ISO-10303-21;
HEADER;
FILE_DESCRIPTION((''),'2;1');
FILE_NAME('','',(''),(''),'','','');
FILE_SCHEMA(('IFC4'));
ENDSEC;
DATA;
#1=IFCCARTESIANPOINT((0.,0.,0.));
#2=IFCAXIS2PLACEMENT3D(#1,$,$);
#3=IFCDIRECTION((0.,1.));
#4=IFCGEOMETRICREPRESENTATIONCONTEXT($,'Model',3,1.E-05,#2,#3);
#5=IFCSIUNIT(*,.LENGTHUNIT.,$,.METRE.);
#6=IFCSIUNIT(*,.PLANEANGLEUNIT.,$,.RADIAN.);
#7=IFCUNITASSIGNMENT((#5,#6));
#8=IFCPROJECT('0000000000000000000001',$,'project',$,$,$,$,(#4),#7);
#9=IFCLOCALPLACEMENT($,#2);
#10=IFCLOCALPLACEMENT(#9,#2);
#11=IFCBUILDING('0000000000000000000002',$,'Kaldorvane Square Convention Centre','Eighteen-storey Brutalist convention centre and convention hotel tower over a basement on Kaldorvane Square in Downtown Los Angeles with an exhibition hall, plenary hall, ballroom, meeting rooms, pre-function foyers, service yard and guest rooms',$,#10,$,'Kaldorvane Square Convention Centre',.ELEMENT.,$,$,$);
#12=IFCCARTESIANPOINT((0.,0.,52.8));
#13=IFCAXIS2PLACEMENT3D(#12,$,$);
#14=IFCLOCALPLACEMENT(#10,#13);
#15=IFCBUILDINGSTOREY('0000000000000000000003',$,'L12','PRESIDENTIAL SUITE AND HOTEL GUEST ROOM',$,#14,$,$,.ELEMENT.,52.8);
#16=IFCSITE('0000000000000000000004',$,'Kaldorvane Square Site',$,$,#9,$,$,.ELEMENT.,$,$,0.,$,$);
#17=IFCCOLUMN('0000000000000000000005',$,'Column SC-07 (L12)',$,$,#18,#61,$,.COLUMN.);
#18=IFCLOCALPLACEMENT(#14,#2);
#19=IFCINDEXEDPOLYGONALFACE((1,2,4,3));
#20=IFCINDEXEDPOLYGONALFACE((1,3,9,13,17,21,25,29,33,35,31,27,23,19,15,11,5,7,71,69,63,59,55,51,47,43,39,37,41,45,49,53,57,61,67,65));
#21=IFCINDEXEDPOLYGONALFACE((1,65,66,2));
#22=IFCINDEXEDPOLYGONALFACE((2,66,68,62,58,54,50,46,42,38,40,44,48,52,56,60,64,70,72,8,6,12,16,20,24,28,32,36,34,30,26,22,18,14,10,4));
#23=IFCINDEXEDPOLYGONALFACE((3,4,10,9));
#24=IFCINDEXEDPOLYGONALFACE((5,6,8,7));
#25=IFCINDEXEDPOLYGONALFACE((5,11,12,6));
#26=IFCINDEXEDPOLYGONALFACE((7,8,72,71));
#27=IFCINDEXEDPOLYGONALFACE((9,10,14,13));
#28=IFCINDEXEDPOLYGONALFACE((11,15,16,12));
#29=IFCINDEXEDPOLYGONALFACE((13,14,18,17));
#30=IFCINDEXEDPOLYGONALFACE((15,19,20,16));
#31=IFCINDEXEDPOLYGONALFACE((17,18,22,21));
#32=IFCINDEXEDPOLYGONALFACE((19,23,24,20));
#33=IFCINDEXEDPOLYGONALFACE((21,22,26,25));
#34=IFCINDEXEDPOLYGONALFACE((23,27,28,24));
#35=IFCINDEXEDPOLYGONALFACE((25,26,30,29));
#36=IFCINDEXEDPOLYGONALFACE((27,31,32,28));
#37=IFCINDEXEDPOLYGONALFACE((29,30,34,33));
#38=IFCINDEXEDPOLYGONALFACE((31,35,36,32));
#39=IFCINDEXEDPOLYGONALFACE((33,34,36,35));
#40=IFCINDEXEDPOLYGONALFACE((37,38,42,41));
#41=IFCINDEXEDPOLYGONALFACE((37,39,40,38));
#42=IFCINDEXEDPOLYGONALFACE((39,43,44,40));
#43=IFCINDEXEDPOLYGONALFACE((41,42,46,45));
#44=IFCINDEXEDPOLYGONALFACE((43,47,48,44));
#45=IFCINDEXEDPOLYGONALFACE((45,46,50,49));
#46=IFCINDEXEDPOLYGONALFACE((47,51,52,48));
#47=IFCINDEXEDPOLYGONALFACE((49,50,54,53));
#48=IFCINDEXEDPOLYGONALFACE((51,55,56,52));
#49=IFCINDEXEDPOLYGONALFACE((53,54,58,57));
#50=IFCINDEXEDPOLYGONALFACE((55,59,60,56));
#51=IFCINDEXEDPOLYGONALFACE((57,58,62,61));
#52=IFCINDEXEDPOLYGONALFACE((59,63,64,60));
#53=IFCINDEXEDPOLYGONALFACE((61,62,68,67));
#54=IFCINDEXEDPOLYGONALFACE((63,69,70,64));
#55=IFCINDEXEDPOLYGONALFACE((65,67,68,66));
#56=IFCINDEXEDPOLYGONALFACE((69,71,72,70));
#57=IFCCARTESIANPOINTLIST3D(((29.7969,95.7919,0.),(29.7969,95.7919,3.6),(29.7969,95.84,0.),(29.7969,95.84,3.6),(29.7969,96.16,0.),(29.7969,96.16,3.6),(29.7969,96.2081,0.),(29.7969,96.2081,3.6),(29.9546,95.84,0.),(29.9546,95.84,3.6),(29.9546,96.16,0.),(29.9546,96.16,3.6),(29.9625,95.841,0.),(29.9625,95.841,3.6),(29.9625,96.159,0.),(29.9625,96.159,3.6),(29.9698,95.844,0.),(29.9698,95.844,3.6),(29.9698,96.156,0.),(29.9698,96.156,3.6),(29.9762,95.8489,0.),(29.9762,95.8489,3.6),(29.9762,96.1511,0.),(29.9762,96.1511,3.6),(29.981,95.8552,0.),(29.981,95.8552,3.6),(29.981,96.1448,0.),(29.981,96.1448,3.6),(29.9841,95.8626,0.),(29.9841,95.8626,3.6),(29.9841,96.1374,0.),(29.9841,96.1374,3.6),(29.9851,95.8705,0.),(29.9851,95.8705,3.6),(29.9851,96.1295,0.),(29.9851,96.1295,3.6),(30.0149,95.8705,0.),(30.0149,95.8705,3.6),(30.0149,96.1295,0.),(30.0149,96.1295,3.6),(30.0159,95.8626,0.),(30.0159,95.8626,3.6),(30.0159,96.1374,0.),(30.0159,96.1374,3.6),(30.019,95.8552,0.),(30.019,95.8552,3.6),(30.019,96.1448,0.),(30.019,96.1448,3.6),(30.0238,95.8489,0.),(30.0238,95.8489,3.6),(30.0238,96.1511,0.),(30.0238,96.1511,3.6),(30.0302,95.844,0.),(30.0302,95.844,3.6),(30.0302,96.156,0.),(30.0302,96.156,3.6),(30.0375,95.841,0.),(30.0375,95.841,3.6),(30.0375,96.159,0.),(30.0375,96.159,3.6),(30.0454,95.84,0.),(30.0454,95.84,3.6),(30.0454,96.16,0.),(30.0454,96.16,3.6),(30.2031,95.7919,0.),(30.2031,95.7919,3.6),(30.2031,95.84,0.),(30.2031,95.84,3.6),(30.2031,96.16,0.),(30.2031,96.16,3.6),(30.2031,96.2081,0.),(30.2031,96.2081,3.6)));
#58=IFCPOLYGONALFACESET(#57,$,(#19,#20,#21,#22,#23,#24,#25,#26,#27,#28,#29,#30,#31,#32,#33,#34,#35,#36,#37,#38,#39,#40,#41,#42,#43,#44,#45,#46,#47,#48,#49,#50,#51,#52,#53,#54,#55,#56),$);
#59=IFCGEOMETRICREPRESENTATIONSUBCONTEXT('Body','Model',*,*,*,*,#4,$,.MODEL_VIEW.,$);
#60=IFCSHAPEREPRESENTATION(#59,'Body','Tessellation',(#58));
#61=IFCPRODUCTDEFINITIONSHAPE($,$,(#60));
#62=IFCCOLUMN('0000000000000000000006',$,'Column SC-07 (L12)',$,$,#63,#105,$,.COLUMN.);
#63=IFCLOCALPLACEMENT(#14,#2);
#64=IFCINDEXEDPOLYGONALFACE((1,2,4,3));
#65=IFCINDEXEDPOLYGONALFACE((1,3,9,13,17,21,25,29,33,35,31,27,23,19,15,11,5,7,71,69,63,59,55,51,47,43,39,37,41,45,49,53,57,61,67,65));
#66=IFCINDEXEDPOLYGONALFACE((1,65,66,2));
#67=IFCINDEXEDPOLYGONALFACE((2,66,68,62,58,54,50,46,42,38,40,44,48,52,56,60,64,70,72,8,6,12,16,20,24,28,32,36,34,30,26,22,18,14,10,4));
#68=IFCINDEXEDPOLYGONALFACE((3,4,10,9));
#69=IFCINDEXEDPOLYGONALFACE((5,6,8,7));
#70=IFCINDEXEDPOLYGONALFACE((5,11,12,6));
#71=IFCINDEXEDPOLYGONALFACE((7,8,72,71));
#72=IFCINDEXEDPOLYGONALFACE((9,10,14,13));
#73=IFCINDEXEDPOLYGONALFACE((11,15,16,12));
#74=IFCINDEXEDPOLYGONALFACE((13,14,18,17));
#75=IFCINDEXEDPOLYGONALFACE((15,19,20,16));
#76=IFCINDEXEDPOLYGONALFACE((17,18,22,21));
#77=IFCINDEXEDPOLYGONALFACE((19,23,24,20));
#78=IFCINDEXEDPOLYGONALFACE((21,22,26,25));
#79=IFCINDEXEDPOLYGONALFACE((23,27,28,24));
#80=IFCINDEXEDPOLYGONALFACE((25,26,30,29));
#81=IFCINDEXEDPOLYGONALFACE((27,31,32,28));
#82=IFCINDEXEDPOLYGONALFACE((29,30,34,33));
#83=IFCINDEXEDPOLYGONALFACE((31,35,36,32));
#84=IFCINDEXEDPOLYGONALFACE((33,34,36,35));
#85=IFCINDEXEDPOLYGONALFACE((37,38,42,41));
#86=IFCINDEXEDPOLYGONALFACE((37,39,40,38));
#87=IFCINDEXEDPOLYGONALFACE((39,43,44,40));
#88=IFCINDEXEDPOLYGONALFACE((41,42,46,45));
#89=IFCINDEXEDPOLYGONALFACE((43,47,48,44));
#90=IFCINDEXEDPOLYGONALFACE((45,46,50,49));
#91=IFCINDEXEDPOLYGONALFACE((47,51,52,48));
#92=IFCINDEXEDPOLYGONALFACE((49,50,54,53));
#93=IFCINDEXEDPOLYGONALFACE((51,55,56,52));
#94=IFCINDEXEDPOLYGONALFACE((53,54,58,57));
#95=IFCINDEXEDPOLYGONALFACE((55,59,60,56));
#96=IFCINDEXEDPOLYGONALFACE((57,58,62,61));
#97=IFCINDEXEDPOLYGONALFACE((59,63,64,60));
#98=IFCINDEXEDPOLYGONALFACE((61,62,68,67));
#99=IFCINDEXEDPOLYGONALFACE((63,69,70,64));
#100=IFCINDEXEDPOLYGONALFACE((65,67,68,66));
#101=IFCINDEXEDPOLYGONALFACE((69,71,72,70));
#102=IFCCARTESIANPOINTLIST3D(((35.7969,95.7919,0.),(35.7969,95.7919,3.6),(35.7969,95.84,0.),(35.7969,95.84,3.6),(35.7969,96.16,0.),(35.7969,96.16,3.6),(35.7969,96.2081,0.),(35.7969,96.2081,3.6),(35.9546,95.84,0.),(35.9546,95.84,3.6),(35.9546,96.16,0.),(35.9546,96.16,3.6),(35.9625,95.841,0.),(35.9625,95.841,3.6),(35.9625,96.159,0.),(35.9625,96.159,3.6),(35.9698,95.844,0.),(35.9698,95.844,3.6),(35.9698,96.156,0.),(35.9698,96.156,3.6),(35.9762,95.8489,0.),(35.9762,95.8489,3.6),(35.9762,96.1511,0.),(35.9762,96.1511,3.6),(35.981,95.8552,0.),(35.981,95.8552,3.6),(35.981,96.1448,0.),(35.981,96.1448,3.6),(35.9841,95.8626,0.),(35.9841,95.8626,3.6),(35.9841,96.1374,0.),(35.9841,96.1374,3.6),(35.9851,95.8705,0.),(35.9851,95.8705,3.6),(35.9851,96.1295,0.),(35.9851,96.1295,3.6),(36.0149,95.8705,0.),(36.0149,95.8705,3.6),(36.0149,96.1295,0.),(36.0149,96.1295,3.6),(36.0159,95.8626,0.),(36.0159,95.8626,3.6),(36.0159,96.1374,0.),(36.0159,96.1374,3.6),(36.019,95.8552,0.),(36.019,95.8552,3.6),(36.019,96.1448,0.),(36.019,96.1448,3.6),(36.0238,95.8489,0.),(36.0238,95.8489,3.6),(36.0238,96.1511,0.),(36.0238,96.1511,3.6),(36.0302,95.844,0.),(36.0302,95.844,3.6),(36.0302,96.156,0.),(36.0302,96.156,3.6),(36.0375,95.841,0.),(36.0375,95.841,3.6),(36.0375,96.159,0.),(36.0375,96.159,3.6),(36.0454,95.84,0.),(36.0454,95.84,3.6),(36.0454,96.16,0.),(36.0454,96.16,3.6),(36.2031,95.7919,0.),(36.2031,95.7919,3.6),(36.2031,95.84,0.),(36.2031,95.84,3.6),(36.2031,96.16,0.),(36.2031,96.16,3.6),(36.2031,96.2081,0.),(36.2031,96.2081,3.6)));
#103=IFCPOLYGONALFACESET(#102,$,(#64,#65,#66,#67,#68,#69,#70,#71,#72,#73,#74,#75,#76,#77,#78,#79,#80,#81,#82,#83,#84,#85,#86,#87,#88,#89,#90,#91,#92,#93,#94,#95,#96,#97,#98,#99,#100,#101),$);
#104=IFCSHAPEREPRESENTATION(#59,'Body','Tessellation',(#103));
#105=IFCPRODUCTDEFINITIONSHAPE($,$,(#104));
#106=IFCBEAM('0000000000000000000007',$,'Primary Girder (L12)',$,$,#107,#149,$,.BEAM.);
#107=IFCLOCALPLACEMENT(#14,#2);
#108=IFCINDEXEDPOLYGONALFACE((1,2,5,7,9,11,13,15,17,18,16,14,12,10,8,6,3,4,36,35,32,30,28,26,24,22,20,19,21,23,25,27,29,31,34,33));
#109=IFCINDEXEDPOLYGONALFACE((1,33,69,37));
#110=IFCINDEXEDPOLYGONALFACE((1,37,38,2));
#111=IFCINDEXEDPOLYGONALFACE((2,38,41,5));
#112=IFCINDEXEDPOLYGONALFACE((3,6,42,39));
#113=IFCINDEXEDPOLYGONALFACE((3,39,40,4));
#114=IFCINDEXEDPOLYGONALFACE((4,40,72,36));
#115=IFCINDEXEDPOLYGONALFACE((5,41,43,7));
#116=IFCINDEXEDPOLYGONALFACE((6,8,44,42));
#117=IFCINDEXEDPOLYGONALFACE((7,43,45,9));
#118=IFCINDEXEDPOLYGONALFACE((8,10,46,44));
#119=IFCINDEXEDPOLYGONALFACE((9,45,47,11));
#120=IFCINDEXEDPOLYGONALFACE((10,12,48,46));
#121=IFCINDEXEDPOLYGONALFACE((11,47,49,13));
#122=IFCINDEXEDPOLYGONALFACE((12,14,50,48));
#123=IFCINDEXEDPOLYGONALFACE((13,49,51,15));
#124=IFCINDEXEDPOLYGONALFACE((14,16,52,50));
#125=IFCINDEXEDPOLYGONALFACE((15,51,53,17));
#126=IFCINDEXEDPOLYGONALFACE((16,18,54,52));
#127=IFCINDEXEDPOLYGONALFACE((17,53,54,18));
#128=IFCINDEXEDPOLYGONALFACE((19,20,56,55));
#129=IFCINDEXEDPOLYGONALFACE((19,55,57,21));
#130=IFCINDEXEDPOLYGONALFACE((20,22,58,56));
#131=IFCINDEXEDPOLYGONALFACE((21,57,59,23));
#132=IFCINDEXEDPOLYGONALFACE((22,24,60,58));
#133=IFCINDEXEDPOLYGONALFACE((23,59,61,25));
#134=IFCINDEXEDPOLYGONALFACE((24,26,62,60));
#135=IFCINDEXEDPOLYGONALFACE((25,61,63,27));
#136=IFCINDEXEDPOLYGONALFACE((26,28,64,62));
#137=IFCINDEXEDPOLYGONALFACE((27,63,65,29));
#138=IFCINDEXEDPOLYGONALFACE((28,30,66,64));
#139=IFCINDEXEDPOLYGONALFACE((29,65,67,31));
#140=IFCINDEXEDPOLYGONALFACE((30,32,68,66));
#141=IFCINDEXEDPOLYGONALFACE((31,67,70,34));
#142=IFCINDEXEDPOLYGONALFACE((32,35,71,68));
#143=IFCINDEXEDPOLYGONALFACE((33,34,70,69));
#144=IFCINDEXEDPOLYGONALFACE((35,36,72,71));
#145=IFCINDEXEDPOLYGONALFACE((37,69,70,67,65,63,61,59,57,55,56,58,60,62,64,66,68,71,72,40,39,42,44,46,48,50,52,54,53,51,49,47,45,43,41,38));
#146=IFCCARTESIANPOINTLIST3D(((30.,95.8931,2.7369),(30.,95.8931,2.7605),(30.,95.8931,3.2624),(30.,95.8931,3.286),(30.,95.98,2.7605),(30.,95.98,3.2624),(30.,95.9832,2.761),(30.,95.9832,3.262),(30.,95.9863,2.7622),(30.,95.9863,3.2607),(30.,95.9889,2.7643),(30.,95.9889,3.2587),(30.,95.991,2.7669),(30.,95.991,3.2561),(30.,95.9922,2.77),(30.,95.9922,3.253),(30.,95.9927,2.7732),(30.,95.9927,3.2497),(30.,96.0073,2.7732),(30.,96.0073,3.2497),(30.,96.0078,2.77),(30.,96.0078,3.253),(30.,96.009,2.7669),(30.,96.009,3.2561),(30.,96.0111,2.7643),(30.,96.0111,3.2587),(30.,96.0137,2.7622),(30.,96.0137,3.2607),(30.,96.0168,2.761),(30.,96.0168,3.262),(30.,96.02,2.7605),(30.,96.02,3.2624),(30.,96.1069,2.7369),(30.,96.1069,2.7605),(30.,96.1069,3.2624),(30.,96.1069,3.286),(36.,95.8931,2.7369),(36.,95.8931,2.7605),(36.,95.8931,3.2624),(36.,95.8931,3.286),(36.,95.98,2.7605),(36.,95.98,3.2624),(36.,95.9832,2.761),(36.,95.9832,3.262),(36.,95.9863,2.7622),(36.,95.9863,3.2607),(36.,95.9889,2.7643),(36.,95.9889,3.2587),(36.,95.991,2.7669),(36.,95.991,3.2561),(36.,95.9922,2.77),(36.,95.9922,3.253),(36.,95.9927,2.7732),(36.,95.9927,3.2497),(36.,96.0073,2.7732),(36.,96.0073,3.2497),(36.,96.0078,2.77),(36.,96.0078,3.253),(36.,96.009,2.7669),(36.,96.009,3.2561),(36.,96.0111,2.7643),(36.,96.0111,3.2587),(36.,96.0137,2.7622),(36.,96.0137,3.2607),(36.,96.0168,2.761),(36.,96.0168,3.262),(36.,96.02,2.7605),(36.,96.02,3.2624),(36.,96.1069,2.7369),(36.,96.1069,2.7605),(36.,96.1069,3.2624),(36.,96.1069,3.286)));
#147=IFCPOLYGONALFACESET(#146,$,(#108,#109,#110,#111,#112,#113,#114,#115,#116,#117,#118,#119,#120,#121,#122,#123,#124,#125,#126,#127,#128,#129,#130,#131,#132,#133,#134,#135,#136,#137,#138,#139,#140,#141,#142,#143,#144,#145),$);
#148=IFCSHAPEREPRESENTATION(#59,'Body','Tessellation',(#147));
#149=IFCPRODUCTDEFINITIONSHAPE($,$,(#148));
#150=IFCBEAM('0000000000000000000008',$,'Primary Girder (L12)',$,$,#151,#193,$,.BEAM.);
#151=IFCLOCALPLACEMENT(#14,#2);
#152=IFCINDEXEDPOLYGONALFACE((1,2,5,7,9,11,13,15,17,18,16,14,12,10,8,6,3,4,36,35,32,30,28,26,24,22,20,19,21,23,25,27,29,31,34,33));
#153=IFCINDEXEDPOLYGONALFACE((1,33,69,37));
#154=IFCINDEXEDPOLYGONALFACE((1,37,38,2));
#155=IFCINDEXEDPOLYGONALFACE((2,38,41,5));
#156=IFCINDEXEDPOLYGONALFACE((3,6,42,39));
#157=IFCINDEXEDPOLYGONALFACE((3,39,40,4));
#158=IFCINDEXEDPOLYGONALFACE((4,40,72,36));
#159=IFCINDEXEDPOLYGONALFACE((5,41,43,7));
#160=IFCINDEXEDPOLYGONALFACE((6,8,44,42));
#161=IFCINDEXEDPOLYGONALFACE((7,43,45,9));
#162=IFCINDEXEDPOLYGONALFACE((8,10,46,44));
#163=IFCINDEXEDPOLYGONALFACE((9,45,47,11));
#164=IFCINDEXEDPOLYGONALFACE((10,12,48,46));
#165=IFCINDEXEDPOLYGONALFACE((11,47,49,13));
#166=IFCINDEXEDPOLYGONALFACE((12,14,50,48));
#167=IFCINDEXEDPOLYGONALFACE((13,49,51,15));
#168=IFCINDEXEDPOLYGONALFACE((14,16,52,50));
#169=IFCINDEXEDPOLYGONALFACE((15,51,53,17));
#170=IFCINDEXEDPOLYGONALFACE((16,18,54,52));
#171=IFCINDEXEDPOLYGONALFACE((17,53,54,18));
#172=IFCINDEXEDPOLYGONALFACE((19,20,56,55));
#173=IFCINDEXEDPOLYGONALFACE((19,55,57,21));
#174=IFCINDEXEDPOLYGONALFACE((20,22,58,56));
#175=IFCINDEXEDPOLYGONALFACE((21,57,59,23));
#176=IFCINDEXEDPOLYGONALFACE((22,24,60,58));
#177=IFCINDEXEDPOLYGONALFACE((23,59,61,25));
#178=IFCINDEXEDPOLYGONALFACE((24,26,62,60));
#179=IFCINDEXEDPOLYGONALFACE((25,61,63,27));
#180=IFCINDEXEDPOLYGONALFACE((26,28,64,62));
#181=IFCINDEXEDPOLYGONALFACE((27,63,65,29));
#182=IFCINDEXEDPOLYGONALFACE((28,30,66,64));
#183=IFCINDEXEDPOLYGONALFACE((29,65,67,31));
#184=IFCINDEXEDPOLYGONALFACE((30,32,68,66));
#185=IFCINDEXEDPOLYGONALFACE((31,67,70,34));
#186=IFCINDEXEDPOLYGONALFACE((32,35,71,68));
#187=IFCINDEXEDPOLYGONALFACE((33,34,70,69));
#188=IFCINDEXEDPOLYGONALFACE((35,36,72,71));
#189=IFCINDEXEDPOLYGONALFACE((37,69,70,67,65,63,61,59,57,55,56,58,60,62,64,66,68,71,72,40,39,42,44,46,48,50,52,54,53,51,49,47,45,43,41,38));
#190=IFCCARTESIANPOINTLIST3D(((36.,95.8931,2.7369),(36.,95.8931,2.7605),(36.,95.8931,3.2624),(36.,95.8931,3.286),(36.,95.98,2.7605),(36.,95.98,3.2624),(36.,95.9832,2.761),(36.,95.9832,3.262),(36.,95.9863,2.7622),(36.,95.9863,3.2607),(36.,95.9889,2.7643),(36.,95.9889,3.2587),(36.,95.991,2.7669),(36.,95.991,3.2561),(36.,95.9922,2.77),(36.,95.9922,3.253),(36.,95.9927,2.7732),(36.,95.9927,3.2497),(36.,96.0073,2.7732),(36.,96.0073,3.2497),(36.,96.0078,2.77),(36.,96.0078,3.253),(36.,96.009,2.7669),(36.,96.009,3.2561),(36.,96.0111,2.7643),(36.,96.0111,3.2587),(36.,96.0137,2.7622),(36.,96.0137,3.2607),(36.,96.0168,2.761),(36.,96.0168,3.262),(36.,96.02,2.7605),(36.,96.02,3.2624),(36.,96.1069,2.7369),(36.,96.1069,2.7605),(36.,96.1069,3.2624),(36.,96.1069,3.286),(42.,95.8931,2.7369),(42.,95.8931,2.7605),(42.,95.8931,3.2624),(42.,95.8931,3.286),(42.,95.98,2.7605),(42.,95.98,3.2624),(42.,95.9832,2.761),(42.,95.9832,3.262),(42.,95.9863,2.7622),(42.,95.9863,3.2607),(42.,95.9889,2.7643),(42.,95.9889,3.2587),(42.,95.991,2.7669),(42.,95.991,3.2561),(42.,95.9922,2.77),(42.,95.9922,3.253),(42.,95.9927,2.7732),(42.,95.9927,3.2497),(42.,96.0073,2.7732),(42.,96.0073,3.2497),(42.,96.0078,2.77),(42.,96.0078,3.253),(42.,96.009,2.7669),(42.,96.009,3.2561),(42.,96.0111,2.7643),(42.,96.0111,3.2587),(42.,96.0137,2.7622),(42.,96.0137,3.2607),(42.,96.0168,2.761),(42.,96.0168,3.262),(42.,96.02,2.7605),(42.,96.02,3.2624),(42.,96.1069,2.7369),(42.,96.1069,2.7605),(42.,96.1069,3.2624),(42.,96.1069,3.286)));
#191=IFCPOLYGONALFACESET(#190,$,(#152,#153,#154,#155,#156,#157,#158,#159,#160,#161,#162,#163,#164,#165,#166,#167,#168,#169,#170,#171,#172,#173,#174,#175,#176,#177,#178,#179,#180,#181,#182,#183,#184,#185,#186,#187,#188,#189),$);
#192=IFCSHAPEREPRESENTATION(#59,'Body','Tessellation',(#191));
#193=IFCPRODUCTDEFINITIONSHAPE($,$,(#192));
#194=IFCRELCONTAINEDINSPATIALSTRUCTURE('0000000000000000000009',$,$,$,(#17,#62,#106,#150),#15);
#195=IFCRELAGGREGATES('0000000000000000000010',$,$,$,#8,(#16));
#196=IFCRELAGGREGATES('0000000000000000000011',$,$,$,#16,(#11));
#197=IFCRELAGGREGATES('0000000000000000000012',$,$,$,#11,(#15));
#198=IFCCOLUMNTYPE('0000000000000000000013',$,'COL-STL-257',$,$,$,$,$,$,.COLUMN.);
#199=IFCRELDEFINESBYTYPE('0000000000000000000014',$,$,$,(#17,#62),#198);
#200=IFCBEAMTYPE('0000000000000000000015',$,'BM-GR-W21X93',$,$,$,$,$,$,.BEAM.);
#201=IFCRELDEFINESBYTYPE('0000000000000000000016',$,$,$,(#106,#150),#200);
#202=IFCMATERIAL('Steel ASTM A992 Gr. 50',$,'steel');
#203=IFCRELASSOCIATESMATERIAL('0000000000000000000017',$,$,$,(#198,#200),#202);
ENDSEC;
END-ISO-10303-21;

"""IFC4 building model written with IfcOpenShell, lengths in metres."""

from ifc_helpers import new_model, si_unit, direction, frame, origin, origin_2d, place, context, subcontext, project, spatial, i_section, extrude, material, material_profile, profile_set, type_object, element, save


model = new_model("IFC4")

# Units and contexts
model_context = context("Model", 3, precision=1e-05, world=origin(), true_north=direction((0.0, 1.0)))
body_context = subcontext(model_context, "Body", "Model", "MODEL_VIEW")
ifc_project = project(units=[si_unit("LENGTHUNIT", "METRE"), si_unit("PLANEANGLEUNIT", "RADIAN")], contexts=[model_context])

# Site, building, storey
site_placement = place(None, origin())
site = spatial("IfcSite", under=ifc_project, at=site_placement, Name="Kaldorvane Square Site", CompositionType="ELEMENT", RefElevation=0.0)
building_placement = place(site_placement, origin())
building = spatial("IfcBuilding", under=site, at=building_placement, Name="Kaldorvane Square Convention Centre", Description="Eighteen-storey Brutalist convention centre and convention hotel tower over a basement on Kaldorvane Square in Downtown Los Angeles with an exhibition hall, plenary hall, ballroom, meeting rooms, pre-function foyers, service yard and guest rooms", LongName="Kaldorvane Square Convention Centre", CompositionType="ELEMENT")
storey_placement = place(building_placement, frame((0.0, 0.0, 52.8)))
storey = spatial("IfcBuildingStorey", under=building, at=storey_placement, Name="L12", Description="PRESIDENTIAL SUITE AND HOTEL GUEST ROOM", CompositionType="ELEMENT", Elevation=52.8)

# Columns
ifc_material_1 = material(Name="Steel ASTM A992 Gr. 50", Category="steel")
ifc_material_profile_1 = material_profile(ifc_material_1, i_section(OverallWidth=0.4063, OverallDepth=0.4161, WebThickness=0.0298, FlangeThickness=0.048, FilletRadius=0.0305, at=origin_2d()), Name="W14X257")
ifc_profile_set_1 = profile_set([ifc_material_profile_1], Name="Steel ASTM A992 Gr. 50")
column_type = type_object("IfcColumnType", Name="COL-STL-257", PredefinedType="COLUMN", material=ifc_profile_set_1)
for number, where, z_axis, x_axis, name in (
    (1, (30.0, 96.0, 0.0), (0.0, 0.0, 1.0), (1.0, 0.0, 0.0), "Column SC-07 (L12)"),
    (2, (36.0, 96.0, 0.0), (0.0, 0.0, 1.0), (1.0, 0.0, 0.0), "Column SC-07 (L12)"),
):
    element("IfcColumn", number, at=place(storey_placement, frame(where, z_axis=z_axis, x_axis=x_axis)), inside=storey, type_object=column_type, Name=name, PredefinedType="COLUMN", context=body_context, shape_type="SweptSolid", body=[
        extrude(i_section(OverallWidth=0.4063, OverallDepth=0.4161, WebThickness=0.0298, FlangeThickness=0.048, FilletRadius=0.0305, at=origin_2d()), origin(), (0.0, 0.0, 1.0), 3.6),
    ])

# Beams
ifc_material_profile_2 = material_profile(ifc_material_1, i_section(OverallWidth=0.2139, OverallDepth=0.5491, WebThickness=0.0147, FlangeThickness=0.0236, FilletRadius=0.0127, at=origin_2d()), Name="W21X93")
ifc_profile_set_2 = profile_set([ifc_material_profile_2], Name="Steel ASTM A992 Gr. 50")
beam_type_1 = type_object("IfcBeamType", Name="BM-GR-W21X93", PredefinedType="BEAM", material=ifc_profile_set_2)
for number, where, z_axis, x_axis, name in (
    (3, (30.0, 96.0, 3.0115), (1.0, 0.0, 0.0), (0.0, 1.0, 0.0), "Primary Girder (L12)"),
    (4, (36.0, 96.0, 3.0115), (1.0, 0.0, 0.0), (0.0, 1.0, 0.0), "Primary Girder (L12)"),
):
    element("IfcBeam", number, at=place(storey_placement, frame(where, z_axis=z_axis, x_axis=x_axis)), inside=storey, type_object=beam_type_1, Name=name, PredefinedType="BEAM", context=body_context, shape_type="SweptSolid", body=[
        extrude(i_section(OverallWidth=0.2139, OverallDepth=0.5491, WebThickness=0.0147, FlangeThickness=0.0236, FilletRadius=0.0127, at=origin_2d()), origin(), (0.0, 0.0, 1.0), 6.0),
    ])

save(model, "model.ifc")
